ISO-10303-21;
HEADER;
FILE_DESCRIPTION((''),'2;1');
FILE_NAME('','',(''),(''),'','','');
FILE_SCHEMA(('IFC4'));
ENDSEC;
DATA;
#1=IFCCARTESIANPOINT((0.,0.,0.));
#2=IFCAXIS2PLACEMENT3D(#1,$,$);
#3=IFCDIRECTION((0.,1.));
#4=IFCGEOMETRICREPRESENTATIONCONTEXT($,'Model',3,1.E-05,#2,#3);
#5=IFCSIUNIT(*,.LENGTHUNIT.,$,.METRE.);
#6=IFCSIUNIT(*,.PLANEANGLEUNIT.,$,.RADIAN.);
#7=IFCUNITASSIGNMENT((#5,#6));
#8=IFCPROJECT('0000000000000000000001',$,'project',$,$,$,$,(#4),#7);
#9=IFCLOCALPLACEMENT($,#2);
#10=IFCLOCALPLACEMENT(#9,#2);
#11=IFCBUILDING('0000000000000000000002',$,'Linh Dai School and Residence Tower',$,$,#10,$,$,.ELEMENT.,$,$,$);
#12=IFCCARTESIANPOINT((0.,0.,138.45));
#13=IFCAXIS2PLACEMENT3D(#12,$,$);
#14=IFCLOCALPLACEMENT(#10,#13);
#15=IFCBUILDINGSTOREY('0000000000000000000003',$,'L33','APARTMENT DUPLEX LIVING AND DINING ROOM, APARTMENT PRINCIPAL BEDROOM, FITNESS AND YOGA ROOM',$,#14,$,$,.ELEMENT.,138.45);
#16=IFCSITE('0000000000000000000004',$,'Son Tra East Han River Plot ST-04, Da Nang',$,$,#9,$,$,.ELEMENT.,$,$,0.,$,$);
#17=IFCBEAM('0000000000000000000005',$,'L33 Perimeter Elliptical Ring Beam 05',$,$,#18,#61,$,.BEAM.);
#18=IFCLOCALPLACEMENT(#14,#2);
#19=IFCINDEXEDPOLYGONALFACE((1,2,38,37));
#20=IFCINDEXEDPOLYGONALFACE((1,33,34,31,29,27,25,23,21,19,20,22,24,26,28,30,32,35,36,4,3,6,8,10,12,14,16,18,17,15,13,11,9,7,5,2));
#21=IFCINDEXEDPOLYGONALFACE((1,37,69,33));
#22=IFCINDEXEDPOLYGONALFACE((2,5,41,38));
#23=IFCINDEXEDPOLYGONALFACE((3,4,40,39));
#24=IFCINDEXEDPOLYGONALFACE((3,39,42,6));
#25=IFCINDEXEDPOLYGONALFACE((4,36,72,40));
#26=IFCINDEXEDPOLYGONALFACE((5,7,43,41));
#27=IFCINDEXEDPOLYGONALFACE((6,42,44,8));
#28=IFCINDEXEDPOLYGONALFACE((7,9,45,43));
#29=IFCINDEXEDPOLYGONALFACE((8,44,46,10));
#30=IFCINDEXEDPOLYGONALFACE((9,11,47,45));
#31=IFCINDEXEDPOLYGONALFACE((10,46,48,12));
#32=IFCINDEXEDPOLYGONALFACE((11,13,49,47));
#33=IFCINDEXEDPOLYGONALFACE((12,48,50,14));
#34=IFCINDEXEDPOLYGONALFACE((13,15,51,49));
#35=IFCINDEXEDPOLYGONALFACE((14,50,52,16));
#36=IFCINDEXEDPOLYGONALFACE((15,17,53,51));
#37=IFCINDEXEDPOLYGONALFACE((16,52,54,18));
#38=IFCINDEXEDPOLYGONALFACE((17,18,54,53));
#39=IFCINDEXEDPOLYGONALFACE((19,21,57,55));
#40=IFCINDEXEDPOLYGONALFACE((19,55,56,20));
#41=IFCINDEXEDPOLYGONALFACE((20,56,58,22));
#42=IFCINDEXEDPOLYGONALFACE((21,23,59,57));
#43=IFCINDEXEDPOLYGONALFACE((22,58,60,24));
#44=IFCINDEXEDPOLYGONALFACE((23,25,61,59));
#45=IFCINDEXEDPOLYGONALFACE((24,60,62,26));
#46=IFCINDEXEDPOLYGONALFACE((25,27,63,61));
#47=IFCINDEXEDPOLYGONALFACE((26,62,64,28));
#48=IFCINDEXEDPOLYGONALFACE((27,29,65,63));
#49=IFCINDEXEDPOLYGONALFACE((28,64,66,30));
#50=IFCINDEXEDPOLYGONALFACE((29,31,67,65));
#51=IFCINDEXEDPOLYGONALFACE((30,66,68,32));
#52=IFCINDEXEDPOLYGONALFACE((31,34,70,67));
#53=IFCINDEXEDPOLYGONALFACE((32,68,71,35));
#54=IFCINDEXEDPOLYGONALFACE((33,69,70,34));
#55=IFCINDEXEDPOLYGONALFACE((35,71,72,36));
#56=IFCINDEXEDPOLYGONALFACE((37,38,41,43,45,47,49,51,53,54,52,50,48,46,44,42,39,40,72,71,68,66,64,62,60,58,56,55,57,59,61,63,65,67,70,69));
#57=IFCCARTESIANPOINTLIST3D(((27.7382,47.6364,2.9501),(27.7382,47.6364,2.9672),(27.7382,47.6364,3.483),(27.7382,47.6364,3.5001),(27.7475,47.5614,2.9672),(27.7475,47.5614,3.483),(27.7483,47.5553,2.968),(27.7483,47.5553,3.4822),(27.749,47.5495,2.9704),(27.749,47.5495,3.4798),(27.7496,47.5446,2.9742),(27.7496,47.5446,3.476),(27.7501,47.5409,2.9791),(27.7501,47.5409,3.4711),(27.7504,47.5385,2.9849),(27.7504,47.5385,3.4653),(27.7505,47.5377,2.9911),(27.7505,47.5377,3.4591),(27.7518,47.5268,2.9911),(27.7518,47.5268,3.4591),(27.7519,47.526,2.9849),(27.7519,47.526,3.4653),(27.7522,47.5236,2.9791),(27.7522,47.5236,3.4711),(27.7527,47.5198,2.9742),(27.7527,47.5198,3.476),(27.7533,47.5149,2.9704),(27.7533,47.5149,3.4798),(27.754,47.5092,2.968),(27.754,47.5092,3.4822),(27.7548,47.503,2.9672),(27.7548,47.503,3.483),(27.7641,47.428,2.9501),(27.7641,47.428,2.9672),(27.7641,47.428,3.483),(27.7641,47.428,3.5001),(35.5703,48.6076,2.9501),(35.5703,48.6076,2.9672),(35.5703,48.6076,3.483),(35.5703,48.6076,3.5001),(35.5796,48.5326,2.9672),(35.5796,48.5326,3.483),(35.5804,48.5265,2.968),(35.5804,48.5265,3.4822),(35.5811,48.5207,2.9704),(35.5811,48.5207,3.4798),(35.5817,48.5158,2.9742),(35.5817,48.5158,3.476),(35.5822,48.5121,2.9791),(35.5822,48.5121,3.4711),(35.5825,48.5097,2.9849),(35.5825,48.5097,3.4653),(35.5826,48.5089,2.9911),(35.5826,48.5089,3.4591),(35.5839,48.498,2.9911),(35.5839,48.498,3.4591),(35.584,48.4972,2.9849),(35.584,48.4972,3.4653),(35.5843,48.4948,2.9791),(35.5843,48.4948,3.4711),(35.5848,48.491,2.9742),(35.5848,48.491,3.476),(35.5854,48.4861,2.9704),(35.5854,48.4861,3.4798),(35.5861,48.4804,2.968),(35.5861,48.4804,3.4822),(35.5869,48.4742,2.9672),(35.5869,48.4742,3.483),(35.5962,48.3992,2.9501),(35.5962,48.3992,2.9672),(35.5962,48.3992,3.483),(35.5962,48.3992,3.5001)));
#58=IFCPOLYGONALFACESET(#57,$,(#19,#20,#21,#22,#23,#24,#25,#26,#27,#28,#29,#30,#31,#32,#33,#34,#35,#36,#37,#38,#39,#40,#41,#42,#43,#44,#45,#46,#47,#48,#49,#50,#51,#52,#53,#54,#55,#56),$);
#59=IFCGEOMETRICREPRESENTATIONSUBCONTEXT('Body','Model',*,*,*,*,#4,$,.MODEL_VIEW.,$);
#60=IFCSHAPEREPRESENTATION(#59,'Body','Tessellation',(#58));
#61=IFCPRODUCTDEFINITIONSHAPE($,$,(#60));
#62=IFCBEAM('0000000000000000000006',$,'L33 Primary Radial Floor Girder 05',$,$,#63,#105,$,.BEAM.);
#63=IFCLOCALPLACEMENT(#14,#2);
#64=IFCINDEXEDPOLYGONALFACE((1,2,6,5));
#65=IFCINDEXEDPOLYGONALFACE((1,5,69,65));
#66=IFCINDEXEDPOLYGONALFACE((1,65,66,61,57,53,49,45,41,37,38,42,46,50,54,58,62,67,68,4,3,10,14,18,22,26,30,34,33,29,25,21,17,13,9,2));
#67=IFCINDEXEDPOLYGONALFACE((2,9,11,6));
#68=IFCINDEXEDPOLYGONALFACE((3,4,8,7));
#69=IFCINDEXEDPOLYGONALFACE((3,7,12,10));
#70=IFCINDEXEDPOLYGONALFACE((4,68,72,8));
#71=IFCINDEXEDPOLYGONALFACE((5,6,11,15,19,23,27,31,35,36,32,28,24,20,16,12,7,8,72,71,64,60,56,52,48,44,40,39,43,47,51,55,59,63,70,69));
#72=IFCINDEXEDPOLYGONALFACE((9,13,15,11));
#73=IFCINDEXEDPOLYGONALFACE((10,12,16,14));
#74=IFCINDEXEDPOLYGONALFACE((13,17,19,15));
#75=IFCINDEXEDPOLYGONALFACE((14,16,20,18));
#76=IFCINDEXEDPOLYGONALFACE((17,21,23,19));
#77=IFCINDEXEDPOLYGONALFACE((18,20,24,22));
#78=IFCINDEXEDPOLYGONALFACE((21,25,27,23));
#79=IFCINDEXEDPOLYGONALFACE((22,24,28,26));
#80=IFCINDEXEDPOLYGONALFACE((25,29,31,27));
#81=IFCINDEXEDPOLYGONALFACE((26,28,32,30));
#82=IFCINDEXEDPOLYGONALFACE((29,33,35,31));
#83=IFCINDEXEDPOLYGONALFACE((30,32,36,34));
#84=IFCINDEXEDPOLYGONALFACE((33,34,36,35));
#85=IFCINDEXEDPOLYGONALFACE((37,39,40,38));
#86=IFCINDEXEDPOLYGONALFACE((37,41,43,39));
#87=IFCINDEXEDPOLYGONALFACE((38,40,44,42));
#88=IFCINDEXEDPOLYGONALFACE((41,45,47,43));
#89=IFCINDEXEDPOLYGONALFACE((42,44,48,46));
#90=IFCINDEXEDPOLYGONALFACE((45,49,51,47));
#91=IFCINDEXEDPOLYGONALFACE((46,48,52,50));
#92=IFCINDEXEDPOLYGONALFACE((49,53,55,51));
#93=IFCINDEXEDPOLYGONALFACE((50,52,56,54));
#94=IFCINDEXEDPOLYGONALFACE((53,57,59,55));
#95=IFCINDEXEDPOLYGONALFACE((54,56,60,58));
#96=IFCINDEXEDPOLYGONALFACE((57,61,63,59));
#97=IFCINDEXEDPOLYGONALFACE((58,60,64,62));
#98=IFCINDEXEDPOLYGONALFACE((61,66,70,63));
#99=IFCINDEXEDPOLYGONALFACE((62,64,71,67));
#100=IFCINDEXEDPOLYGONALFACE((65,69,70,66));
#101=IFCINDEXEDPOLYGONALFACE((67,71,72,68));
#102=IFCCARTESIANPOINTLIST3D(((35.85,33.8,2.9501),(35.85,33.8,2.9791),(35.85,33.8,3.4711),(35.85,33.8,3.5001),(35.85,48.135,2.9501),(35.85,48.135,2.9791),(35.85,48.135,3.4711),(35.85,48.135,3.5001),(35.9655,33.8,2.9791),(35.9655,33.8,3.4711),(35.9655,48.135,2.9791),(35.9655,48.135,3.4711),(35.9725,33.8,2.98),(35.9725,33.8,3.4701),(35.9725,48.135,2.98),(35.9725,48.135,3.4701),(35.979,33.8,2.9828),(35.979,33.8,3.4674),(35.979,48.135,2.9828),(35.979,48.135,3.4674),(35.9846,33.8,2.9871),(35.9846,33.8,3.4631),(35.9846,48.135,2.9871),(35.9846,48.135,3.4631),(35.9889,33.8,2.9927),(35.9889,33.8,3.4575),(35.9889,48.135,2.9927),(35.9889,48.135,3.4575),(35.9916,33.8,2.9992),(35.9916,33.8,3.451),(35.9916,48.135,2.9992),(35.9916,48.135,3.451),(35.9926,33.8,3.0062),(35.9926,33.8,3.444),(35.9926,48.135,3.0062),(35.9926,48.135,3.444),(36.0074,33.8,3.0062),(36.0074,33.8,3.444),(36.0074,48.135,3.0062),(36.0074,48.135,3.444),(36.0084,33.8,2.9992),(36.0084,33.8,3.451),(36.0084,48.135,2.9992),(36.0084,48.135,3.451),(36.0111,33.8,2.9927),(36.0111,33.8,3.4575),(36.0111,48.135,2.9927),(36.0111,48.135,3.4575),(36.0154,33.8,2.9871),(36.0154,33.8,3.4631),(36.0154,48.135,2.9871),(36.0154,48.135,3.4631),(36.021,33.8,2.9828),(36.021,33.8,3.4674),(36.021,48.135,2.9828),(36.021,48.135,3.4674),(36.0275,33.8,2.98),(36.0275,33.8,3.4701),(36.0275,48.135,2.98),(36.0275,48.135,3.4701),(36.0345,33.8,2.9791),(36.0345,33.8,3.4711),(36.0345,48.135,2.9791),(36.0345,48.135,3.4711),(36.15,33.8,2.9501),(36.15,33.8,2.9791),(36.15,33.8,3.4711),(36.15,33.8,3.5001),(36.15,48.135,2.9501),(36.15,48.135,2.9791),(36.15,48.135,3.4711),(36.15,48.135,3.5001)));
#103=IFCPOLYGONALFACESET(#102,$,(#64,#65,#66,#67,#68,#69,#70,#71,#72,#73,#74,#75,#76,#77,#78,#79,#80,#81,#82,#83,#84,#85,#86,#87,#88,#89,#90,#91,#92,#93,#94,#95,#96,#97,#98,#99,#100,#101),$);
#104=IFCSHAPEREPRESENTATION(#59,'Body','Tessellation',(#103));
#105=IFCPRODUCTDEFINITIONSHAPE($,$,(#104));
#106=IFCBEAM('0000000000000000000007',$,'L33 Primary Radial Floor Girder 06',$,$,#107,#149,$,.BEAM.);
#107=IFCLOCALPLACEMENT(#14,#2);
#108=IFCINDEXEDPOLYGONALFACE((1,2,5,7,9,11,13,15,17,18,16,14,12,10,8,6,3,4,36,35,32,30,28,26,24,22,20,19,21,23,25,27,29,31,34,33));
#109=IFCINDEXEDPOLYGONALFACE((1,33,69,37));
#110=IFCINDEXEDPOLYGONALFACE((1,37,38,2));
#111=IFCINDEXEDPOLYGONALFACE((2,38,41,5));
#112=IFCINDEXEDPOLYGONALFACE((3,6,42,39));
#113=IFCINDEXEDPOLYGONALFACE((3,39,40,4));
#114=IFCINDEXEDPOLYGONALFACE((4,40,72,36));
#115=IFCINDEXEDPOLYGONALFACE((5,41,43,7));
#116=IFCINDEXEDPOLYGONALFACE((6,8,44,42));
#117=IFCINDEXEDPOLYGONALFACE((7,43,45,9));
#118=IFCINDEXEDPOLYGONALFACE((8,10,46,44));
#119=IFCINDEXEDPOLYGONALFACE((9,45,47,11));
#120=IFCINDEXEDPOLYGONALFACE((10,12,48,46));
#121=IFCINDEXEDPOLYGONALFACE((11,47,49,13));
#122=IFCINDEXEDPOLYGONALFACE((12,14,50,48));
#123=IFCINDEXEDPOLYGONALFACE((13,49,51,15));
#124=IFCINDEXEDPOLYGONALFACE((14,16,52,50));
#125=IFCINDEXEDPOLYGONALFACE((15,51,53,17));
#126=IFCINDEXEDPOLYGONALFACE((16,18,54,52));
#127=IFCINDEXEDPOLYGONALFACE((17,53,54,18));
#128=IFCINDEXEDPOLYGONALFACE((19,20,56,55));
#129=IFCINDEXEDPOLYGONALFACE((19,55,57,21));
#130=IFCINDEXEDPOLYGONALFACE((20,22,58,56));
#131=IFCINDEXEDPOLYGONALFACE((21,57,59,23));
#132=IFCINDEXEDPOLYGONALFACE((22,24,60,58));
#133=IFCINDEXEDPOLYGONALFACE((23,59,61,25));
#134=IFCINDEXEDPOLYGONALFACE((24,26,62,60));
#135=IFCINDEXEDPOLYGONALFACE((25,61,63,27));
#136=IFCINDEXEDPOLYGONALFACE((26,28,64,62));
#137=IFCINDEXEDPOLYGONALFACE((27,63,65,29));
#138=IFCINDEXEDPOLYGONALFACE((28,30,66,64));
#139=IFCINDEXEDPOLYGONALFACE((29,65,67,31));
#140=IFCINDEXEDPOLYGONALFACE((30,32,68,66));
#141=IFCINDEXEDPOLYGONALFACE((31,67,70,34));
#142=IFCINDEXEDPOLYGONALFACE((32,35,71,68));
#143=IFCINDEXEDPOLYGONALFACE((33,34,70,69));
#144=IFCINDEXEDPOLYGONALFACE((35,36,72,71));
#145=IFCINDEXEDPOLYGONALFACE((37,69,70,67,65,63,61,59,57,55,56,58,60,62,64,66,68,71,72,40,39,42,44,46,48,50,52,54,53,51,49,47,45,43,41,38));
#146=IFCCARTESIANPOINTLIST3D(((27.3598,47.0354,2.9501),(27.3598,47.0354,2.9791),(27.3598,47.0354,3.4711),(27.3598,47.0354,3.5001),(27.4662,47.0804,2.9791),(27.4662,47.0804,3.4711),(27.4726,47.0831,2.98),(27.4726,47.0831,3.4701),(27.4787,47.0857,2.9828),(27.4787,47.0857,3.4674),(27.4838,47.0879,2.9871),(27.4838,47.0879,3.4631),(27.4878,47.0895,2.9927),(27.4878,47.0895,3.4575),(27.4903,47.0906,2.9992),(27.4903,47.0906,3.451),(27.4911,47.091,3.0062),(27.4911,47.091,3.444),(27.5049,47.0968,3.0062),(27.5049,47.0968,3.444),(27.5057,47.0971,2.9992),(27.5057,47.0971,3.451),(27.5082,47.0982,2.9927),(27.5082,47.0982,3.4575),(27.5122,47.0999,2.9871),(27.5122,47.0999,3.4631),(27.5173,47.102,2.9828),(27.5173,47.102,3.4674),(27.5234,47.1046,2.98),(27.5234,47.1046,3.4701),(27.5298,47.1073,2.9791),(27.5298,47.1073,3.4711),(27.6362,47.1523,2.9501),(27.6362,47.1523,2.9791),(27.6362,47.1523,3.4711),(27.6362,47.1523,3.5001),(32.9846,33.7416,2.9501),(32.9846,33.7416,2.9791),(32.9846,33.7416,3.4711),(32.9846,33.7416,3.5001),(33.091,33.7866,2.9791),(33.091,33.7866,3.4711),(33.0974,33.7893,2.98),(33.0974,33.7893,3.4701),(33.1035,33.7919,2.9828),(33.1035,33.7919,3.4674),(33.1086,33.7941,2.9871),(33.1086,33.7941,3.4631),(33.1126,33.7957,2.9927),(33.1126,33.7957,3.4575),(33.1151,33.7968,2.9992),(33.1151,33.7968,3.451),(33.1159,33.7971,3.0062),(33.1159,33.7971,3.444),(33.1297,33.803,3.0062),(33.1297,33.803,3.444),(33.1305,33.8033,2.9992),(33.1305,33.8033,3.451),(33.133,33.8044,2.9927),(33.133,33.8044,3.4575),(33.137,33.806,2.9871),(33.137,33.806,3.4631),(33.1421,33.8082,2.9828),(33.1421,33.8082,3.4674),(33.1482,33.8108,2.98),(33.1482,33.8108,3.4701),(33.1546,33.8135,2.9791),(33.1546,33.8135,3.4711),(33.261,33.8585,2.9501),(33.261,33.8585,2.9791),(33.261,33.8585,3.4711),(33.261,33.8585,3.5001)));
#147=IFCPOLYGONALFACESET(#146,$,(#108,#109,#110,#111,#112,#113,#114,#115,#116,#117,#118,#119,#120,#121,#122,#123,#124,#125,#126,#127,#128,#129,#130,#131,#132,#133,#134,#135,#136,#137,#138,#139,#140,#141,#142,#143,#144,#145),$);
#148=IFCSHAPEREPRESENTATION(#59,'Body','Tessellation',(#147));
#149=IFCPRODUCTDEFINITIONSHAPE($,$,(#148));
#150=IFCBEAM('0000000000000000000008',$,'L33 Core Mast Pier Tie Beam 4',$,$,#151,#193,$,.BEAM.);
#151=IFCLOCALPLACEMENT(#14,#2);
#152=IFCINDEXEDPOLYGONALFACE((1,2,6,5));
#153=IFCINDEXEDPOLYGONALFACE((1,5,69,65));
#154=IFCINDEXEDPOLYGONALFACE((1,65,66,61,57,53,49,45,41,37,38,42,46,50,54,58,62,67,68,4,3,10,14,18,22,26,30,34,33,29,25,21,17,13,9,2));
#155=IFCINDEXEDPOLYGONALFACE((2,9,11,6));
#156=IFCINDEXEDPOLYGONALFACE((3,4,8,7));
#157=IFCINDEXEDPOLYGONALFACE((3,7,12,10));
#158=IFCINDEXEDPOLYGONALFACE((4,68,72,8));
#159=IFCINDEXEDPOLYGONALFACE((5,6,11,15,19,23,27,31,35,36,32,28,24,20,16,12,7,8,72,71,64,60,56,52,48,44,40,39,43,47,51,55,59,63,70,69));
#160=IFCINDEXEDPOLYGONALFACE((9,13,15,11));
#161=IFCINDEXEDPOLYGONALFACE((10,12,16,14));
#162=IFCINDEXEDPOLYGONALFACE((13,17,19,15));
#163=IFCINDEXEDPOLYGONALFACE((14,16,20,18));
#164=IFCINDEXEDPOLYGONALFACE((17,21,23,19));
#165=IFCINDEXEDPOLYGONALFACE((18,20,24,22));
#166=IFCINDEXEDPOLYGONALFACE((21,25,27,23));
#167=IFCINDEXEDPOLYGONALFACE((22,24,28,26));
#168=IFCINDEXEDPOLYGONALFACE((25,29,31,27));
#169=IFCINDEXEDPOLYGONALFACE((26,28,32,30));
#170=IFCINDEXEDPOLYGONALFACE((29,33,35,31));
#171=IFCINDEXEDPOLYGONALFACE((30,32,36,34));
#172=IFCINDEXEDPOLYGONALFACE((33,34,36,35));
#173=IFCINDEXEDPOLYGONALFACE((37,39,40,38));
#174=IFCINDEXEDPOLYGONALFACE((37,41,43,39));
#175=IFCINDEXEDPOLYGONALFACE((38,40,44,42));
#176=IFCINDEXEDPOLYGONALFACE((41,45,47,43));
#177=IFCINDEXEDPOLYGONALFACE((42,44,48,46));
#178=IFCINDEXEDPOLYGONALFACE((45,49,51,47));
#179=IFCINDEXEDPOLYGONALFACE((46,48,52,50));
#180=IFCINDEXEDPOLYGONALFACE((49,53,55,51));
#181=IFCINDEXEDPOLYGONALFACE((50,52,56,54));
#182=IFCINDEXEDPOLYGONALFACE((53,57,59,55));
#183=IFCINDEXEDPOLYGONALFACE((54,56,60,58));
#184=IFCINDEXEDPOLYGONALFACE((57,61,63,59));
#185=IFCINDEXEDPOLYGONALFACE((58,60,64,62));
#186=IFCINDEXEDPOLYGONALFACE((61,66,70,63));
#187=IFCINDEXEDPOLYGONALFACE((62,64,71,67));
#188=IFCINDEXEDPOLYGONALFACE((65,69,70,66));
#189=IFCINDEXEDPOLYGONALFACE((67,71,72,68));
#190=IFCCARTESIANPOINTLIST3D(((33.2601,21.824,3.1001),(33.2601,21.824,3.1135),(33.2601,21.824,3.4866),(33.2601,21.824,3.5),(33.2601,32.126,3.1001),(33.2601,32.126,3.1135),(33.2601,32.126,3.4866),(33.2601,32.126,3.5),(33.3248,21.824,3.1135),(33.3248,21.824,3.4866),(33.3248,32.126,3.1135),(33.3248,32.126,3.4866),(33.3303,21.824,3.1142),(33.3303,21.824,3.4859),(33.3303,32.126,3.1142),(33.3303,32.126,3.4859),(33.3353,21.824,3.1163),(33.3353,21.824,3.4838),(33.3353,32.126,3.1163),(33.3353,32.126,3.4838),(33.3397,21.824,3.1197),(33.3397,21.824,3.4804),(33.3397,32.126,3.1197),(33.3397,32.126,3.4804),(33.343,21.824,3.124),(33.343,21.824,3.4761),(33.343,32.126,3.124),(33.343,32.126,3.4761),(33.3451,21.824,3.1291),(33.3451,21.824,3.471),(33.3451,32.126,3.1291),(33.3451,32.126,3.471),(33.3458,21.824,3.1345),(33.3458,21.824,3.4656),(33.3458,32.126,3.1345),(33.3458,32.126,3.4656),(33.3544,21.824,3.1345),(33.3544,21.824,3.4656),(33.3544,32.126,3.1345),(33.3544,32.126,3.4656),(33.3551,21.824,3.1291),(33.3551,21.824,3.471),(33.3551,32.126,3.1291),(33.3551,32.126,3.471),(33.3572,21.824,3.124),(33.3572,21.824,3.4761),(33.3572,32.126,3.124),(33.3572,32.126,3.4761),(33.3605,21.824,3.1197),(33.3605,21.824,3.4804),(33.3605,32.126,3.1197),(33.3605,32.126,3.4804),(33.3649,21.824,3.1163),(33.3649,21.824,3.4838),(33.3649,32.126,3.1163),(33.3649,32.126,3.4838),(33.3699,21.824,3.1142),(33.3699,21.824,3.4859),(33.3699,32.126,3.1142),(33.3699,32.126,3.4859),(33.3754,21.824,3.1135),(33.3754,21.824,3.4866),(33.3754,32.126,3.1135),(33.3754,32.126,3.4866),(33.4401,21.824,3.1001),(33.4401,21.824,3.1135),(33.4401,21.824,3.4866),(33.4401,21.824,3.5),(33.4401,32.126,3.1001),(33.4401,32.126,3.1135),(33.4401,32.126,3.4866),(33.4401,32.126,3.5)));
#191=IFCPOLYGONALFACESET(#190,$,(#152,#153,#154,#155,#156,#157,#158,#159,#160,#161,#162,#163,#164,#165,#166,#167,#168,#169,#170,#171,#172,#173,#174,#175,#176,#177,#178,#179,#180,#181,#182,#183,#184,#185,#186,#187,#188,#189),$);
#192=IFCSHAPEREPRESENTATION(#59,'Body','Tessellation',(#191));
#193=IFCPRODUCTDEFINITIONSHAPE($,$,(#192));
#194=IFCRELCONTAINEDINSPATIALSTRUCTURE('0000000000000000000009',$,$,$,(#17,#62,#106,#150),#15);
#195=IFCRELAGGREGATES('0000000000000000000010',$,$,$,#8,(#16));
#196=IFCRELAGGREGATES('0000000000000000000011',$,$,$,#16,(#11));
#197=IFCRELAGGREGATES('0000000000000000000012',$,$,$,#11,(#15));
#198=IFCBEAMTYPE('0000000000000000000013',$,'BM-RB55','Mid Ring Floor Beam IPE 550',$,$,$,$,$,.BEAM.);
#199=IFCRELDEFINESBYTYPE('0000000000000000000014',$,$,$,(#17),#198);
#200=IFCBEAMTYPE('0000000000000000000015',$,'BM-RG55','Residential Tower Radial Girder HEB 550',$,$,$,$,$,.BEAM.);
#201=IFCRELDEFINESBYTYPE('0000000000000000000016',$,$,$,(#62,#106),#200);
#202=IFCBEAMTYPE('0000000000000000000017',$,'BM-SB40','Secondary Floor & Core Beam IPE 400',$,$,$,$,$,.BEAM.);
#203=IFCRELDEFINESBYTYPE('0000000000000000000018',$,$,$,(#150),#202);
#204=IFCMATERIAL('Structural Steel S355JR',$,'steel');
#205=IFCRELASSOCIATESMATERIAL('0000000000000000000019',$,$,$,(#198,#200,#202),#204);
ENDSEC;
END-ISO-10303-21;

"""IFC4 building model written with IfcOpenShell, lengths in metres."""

from ifc_helpers import new_model, si_unit, direction, frame, origin, origin_2d, place, context, subcontext, project, spatial, i_section, extrude, material, material_profile, profile_set, type_object, element, save


model = new_model("IFC4")

# Units and contexts
model_context = context("Model", 3, precision=1e-05, world=origin(), true_north=direction((0.0, 1.0)))
body_context = subcontext(model_context, "Body", "Model", "MODEL_VIEW")
ifc_project = project(units=[si_unit("LENGTHUNIT", "METRE"), si_unit("PLANEANGLEUNIT", "RADIAN")], contexts=[model_context])

# Site, building, storey
site_placement = place(None, origin())
site = spatial("IfcSite", under=ifc_project, at=site_placement, Name="Son Tra East Han River Plot ST-04, Da Nang", CompositionType="ELEMENT", RefElevation=0.0)
building_placement = place(site_placement, origin())
building = spatial("IfcBuilding", under=site, at=building_placement, Name="Linh Dai School and Residence Tower", CompositionType="ELEMENT")
storey_placement = place(building_placement, frame((0.0, 0.0, 138.45)))
storey = spatial("IfcBuildingStorey", under=building, at=storey_placement, Name="L33", Description="APARTMENT DUPLEX LIVING AND DINING ROOM, APARTMENT PRINCIPAL BEDROOM, FITNESS AND YOGA ROOM", CompositionType="ELEMENT", Elevation=138.45)

# Shared definitions
ifc_material_1 = material(Name="Structural Steel S355JR", Category="steel")

# Beams
ifc_material_profile_1 = material_profile(ifc_material_1, i_section(OverallWidth=0.21, OverallDepth=0.55, WebThickness=0.011, FlangeThickness=0.0171, FilletRadius=0.0239, at=origin_2d()), Name="IPE 550")
ifc_profile_set_1 = profile_set([ifc_material_profile_1], Name="Structural Steel S355JR")
beam_type_1 = type_object("IfcBeamType", Name="BM-RB55", Description="Mid Ring Floor Beam IPE 550", PredefinedType="BEAM", material=ifc_profile_set_1)
beam_1_placement = place(storey_placement, frame((35.5833, 48.5034, 3.2251), z_axis=(-0.992399, -0.12306, 0.0), x_axis=(0.12306, -0.992399, 0.0)))
element("IfcBeam", 1, at=beam_1_placement, inside=storey, type_object=beam_type_1, Name="L33 Perimeter Elliptical Ring Beam 05", PredefinedType="BEAM", context=body_context, shape_type="SweptSolid", body=[
    extrude(i_section(OverallWidth=0.21, OverallDepth=0.55, WebThickness=0.011, FlangeThickness=0.0171, FilletRadius=0.0239, at=origin_2d()), origin(), (0.0, 0.0, 1.0), 7.8921),
])
ifc_material_profile_2 = material_profile(ifc_material_1, i_section(OverallWidth=0.3, OverallDepth=0.55, WebThickness=0.0149, FlangeThickness=0.0291, FilletRadius=0.0271, at=origin_2d()), Name="HEB 550")
ifc_profile_set_2 = profile_set([ifc_material_profile_2], Name="Structural Steel S355JR")
beam_type_2 = type_object("IfcBeamType", Name="BM-RG55", Description="Residential Tower Radial Girder HEB 550", PredefinedType="BEAM", material=ifc_profile_set_2)
beam_2_placement = place(storey_placement, frame((36.0, 33.8, 3.2251), z_axis=(0.0, 1.0, 0.0), x_axis=(-1.0, 0.0, 0.0)))
element("IfcBeam", 2, at=beam_2_placement, inside=storey, type_object=beam_type_2, Name="L33 Primary Radial Floor Girder 05", PredefinedType="BEAM", context=body_context, shape_type="SweptSolid", body=[
    extrude(i_section(OverallWidth=0.3, OverallDepth=0.55, WebThickness=0.0149, FlangeThickness=0.0291, FilletRadius=0.0271, at=origin_2d()), origin(), (0.0, 0.0, 1.0), 14.335),
])
beam_3_placement = place(storey_placement, frame((33.1228, 33.8, 3.2251), z_axis=(-0.389669, 0.920955, 0.0), x_axis=(-0.920955, -0.389669, 0.0)))
element("IfcBeam", 3, at=beam_3_placement, inside=storey, type_object=beam_type_2, Name="L33 Primary Radial Floor Girder 06", PredefinedType="BEAM", context=body_context, shape_type="SweptSolid", body=[
    extrude(i_section(OverallWidth=0.3, OverallDepth=0.55, WebThickness=0.0149, FlangeThickness=0.0291, FilletRadius=0.0271, at=origin_2d()), origin(), (0.0, 0.0, 1.0), 14.4348),
])
ifc_material_profile_3 = material_profile(ifc_material_1, i_section(OverallWidth=0.1799, OverallDepth=0.3999, WebThickness=0.0085, FlangeThickness=0.0134, FilletRadius=0.021, at=origin_2d()), Name="IPE 400")
ifc_profile_set_3 = profile_set([ifc_material_profile_3], Name="Structural Steel S355JR")
beam_type_3 = type_object("IfcBeamType", Name="BM-SB40", Description="Secondary Floor & Core Beam IPE 400", PredefinedType="BEAM", material=ifc_profile_set_3)
beam_4_placement = place(storey_placement, frame((33.3501, 32.126, 3.3), z_axis=(0.0, -1.0, 0.0), x_axis=(1.0, 0.0, 0.0)))
element("IfcBeam", 4, at=beam_4_placement, inside=storey, type_object=beam_type_3, Name="L33 Core Mast Pier Tie Beam 4", PredefinedType="BEAM", context=body_context, shape_type="SweptSolid", body=[
    extrude(i_section(OverallWidth=0.1799, OverallDepth=0.3999, WebThickness=0.0085, FlangeThickness=0.0134, FilletRadius=0.021, at=origin_2d()), origin(), (0.0, 0.0, 1.0), 10.302),
])

save(model, "model.ifc")
